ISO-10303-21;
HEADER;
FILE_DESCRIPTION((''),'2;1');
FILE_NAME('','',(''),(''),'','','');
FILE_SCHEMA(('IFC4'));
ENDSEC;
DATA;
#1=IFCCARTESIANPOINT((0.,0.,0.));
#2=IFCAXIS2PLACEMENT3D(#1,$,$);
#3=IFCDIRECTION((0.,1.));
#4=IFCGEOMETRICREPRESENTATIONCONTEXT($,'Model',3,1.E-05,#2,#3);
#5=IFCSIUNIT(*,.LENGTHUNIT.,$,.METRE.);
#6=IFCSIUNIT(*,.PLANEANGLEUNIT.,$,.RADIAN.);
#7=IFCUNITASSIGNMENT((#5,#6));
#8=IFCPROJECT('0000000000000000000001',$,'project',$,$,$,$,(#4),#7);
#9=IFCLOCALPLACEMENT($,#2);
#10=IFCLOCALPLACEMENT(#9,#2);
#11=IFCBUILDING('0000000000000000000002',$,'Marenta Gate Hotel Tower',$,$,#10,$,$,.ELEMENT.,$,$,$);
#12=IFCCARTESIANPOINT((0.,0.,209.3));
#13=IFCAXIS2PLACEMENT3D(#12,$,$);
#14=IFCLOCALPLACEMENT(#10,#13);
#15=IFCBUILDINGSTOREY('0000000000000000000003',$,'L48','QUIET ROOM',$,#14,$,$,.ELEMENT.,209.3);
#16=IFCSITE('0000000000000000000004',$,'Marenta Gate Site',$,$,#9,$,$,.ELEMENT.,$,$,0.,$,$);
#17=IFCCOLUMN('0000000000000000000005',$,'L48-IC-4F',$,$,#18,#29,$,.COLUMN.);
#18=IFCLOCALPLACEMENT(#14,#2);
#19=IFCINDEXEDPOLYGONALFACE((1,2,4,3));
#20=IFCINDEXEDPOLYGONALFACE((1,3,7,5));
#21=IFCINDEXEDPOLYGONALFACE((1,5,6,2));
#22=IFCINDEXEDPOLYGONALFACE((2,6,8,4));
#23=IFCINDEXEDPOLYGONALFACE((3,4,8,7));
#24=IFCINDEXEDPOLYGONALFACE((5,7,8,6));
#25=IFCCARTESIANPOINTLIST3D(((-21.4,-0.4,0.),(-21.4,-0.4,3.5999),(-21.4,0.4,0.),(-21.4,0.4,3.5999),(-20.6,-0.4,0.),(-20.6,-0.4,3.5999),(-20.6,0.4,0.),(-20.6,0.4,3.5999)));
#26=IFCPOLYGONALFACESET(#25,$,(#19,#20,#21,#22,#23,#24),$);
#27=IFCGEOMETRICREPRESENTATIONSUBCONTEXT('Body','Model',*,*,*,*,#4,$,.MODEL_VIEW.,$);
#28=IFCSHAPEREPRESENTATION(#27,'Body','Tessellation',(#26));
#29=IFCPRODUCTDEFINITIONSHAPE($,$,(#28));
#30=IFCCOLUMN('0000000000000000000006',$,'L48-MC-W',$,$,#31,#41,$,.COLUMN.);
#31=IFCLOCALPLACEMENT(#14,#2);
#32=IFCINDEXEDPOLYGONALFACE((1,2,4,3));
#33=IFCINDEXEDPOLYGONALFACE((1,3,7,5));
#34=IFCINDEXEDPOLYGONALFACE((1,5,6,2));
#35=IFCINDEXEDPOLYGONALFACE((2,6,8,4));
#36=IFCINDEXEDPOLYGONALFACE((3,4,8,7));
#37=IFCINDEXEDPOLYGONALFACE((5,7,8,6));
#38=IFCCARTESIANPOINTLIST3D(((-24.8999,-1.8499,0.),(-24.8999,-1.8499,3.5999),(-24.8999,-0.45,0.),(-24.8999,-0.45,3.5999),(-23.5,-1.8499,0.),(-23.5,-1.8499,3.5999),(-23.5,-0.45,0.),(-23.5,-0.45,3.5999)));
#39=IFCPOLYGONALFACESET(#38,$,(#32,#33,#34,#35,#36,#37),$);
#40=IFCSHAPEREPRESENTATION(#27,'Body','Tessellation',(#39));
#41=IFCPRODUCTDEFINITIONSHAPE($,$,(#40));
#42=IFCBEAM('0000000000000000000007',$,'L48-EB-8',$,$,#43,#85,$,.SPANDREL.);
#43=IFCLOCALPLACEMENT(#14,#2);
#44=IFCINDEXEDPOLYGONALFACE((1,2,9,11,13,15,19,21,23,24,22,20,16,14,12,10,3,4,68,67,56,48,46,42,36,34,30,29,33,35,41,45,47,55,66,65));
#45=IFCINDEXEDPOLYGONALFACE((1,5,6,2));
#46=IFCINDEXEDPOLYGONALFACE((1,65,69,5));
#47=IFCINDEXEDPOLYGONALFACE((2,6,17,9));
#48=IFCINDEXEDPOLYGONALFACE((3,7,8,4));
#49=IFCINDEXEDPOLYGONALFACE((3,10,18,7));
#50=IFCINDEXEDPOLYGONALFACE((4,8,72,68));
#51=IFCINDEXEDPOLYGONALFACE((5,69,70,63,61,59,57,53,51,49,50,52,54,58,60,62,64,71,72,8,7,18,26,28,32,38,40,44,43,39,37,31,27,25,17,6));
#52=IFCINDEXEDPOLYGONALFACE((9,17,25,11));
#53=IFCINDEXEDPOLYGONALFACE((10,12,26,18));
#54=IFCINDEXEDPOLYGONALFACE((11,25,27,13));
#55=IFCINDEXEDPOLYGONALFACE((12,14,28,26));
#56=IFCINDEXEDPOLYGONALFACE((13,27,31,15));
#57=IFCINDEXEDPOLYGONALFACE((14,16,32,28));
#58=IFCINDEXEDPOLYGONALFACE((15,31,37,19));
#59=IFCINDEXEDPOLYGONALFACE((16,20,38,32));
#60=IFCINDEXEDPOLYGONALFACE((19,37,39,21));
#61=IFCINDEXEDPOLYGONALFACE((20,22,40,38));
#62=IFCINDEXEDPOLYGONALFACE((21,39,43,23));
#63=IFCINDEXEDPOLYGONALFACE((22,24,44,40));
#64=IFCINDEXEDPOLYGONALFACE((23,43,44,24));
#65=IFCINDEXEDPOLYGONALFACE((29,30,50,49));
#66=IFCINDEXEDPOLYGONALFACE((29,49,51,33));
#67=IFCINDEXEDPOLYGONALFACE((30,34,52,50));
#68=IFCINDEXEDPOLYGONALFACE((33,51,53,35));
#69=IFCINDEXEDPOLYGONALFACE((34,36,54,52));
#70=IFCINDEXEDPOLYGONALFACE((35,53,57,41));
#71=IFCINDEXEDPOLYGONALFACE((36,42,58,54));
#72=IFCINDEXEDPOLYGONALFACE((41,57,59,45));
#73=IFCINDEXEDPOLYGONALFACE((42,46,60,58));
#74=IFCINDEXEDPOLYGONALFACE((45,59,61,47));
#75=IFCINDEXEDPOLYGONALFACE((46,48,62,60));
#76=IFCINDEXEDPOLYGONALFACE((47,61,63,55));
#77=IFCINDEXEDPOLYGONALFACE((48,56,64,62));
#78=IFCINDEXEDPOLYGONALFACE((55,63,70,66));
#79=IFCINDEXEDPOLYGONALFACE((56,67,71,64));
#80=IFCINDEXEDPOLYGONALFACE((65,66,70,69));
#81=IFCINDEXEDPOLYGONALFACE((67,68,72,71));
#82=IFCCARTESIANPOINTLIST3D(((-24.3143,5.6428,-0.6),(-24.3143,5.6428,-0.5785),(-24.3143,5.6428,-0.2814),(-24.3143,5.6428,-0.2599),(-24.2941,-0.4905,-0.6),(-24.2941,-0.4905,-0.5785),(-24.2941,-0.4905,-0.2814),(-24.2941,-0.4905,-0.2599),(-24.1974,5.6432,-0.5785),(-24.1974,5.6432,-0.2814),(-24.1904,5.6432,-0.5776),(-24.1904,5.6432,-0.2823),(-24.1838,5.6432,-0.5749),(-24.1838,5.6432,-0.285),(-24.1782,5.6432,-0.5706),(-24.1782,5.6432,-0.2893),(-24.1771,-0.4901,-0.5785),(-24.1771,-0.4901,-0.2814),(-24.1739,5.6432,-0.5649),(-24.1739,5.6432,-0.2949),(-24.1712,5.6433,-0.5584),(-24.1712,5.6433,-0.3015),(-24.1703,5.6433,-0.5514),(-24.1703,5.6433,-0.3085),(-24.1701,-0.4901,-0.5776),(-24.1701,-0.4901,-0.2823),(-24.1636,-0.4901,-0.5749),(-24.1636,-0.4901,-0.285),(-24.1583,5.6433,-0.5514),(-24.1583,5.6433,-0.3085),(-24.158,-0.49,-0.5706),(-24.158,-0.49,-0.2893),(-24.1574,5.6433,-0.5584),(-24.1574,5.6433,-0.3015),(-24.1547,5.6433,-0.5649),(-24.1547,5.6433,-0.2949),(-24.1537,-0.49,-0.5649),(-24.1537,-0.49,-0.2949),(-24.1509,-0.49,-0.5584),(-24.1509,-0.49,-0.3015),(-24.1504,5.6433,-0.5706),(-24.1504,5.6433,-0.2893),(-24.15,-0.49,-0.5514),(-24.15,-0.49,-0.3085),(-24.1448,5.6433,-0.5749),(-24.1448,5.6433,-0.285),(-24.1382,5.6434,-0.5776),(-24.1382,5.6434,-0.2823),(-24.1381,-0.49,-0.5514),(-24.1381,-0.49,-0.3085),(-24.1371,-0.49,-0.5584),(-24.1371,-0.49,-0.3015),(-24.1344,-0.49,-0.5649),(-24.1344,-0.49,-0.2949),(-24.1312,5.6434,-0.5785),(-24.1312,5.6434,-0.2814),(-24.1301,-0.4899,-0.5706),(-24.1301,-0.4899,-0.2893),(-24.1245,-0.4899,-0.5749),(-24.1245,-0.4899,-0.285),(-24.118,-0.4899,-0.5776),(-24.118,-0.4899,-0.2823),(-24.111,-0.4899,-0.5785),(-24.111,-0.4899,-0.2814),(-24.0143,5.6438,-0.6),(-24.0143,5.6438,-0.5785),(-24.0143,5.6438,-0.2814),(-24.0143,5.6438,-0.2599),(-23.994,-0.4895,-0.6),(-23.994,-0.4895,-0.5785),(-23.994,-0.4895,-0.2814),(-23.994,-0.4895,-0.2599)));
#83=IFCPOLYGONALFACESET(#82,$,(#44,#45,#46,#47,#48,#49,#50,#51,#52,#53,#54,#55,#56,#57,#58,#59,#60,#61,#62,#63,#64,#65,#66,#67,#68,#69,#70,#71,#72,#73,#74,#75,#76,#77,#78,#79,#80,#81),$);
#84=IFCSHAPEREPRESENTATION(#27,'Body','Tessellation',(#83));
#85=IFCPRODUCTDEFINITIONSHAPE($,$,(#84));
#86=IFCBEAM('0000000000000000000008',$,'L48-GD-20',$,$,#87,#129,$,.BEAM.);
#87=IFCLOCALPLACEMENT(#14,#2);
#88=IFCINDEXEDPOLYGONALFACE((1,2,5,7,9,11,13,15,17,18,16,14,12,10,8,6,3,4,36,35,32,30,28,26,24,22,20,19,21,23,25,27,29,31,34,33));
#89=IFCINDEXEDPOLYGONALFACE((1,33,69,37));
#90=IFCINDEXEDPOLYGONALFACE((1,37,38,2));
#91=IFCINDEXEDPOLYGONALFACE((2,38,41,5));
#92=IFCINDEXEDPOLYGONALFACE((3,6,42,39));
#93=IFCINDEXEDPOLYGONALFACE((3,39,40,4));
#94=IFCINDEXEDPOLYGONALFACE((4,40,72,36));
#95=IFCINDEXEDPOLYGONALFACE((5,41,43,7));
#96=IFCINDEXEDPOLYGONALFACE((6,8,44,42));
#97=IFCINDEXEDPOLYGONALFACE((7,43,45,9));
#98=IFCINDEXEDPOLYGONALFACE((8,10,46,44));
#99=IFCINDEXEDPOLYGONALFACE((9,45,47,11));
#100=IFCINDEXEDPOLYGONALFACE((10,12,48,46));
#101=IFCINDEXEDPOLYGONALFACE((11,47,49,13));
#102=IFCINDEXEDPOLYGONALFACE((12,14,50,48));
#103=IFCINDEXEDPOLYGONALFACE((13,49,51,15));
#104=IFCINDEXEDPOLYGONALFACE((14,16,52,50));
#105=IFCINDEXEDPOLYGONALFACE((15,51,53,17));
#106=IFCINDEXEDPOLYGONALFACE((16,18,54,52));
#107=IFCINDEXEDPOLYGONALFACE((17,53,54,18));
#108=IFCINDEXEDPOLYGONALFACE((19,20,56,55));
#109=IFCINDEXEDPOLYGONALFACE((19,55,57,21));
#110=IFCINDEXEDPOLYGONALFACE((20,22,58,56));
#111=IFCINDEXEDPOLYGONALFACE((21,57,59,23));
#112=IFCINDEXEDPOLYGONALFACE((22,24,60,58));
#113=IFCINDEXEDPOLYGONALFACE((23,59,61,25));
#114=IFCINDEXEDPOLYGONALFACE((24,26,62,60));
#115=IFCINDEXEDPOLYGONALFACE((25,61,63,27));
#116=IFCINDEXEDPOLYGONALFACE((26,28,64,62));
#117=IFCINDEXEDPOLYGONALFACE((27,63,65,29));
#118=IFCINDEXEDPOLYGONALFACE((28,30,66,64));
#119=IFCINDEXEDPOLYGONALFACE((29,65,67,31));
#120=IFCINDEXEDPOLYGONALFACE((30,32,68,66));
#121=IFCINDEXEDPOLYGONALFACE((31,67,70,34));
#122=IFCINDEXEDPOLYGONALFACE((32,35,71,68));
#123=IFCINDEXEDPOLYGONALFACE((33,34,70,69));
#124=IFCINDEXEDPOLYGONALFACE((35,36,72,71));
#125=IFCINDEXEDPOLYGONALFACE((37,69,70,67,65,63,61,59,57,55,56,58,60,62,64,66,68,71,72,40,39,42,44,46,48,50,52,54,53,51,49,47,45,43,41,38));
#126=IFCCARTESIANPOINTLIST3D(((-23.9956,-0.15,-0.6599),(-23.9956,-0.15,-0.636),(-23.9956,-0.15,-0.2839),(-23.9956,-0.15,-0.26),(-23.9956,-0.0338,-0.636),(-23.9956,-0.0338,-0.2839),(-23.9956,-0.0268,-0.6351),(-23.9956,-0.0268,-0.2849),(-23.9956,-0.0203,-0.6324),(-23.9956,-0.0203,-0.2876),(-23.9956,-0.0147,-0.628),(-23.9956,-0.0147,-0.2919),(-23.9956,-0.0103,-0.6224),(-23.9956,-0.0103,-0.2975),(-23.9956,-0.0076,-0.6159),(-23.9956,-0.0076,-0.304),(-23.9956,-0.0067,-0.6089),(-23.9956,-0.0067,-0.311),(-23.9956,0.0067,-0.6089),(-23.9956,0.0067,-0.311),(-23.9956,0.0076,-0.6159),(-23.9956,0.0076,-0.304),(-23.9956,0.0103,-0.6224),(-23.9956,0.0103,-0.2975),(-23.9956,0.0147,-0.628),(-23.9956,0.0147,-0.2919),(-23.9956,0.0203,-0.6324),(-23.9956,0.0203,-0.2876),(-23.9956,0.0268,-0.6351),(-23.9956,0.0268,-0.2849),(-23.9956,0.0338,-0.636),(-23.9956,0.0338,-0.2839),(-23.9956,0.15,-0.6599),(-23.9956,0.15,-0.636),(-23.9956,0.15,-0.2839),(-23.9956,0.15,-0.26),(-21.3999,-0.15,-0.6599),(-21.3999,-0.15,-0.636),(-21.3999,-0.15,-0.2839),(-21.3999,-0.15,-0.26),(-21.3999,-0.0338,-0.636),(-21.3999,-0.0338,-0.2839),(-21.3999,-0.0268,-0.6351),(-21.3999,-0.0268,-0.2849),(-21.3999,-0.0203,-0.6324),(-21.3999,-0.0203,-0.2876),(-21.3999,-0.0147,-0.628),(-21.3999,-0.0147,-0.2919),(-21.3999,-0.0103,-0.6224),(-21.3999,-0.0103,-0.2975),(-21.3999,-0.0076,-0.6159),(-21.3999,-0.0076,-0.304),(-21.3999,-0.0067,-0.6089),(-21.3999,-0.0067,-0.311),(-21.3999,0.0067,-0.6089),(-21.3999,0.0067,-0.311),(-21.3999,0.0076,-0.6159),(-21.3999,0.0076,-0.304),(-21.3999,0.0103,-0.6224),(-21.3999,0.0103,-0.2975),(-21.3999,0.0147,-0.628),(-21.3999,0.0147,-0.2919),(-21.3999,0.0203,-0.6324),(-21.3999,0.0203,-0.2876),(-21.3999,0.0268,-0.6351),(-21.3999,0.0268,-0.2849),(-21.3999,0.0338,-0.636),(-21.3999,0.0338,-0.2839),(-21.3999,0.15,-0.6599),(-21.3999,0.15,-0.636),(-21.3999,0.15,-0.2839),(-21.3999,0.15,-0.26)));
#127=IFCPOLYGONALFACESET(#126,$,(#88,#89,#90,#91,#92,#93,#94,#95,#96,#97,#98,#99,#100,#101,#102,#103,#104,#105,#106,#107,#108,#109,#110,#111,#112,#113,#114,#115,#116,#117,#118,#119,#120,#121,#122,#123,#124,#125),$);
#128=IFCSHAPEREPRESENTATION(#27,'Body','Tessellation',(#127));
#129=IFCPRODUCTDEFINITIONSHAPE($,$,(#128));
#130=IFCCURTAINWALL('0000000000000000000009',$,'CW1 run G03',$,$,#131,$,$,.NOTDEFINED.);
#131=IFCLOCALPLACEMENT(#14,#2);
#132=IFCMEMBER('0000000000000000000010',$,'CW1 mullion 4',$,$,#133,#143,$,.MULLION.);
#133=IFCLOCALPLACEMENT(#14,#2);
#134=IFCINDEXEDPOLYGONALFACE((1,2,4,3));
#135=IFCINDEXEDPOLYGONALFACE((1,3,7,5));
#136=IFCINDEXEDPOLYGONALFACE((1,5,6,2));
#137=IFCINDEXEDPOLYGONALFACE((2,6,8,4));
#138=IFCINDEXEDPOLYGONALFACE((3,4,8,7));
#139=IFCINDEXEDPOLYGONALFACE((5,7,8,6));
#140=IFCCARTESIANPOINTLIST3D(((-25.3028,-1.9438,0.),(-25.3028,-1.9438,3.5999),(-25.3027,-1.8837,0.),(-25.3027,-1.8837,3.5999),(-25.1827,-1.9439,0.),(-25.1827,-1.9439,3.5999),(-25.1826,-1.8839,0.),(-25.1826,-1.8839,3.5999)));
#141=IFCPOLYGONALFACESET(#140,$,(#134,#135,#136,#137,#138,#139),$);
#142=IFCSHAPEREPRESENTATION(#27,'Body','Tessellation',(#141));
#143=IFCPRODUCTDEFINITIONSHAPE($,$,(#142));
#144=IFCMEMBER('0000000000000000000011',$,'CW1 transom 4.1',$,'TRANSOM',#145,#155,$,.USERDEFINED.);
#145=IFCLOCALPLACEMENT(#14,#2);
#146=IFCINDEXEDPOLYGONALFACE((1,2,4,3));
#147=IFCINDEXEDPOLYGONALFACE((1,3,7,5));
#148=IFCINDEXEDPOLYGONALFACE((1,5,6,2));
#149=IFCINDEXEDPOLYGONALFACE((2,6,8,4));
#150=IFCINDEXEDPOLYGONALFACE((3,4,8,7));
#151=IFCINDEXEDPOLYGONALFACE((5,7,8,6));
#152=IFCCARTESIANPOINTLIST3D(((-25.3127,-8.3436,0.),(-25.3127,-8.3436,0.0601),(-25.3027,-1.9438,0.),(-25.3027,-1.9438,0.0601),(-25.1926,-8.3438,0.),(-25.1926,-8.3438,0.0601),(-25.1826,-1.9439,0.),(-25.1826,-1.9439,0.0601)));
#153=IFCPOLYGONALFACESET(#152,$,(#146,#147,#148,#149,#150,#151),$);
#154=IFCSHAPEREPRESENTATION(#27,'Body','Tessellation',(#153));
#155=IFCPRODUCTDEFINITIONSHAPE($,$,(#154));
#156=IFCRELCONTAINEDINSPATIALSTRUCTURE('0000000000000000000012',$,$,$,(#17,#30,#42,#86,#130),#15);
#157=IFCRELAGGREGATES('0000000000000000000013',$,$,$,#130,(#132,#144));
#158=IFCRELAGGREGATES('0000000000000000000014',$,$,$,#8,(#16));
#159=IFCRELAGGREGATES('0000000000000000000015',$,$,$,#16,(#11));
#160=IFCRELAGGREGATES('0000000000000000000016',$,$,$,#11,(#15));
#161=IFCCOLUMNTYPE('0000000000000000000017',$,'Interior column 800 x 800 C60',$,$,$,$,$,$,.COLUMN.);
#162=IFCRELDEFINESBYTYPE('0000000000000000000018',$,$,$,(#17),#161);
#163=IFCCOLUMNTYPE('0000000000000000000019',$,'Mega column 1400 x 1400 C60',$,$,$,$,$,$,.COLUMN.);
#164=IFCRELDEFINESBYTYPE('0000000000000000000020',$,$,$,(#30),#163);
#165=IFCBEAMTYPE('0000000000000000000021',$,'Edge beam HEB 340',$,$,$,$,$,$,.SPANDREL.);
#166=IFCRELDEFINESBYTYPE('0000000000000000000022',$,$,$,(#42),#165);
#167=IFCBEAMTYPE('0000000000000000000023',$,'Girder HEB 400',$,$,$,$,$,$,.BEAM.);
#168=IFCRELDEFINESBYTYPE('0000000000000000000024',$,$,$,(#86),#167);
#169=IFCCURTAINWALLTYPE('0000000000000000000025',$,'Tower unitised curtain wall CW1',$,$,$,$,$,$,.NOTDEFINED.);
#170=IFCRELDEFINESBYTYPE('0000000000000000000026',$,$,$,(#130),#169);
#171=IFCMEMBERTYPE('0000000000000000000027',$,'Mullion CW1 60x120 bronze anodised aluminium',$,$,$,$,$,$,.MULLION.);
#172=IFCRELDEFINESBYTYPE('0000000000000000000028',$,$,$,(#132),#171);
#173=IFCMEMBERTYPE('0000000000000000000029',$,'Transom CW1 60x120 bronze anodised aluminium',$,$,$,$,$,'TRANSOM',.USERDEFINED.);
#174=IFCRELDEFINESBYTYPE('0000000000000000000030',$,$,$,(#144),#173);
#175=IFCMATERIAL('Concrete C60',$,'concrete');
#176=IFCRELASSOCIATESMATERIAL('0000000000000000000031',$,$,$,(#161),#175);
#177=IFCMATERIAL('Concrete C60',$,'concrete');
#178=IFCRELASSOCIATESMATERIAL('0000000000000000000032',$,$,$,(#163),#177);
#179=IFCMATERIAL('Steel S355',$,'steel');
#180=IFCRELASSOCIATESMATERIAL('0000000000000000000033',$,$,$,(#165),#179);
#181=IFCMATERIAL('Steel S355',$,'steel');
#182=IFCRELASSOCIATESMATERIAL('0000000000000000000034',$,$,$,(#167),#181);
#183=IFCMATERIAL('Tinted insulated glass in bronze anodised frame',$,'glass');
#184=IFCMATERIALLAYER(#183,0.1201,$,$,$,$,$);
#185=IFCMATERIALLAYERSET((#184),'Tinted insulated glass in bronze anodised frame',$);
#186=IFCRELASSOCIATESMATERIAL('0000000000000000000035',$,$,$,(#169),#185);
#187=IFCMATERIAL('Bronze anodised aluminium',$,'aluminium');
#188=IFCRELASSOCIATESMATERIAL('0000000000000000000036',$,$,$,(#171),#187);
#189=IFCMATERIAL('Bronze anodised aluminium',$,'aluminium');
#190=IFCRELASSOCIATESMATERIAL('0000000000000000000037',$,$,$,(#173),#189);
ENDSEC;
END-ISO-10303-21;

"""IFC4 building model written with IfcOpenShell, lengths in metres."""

from ifc_helpers import new_model, si_unit, direction, frame, origin, origin_2d, place, context, subcontext, project, spatial, rectangle, i_section, extrude, material, layer, layer_set, material_profile, profile_set, type_object, element, aggregate, save


model = new_model("IFC4")

# Units and contexts
model_context = context("Model", 3, precision=1e-05, world=origin(), true_north=direction((0.0, 1.0)))
body_context = subcontext(model_context, "Body", "Model", "MODEL_VIEW")
ifc_project = project(units=[si_unit("LENGTHUNIT", "METRE"), si_unit("PLANEANGLEUNIT", "RADIAN")], contexts=[model_context])

# Site, building, storey
site_placement = place(None, origin())
site = spatial("IfcSite", under=ifc_project, at=site_placement, Name="Marenta Gate Site", CompositionType="ELEMENT", RefElevation=0.0)
building_placement = place(site_placement, origin())
building = spatial("IfcBuilding", under=site, at=building_placement, Name="Marenta Gate Hotel Tower", CompositionType="ELEMENT")
storey_placement = place(building_placement, frame((0.0, 0.0, 209.3)))
storey = spatial("IfcBuildingStorey", under=building, at=storey_placement, Name="L48", Description="QUIET ROOM", CompositionType="ELEMENT", Elevation=209.3)

# Columns
ifc_material_1 = material(Name="Concrete C60", Category="concrete")
ifc_material_profile_1 = material_profile(ifc_material_1, rectangle(XDim=0.8, YDim=0.8, at=origin_2d()), Name="800 x 800")
ifc_profile_set_1 = profile_set([ifc_material_profile_1], Name="Concrete C60")
column_type_1 = type_object("IfcColumnType", Name="Interior column 800 x 800 C60", PredefinedType="COLUMN", material=ifc_profile_set_1)
column_1_placement = place(storey_placement, frame((-21.0, 0.0, 0.0), z_axis=(0.0, 0.0, 1.0), x_axis=(1.0, 0.0, 0.0)))
element("IfcColumn", 1, at=column_1_placement, inside=storey, type_object=column_type_1, Name="L48-IC-4F", PredefinedType="COLUMN", context=body_context, shape_type="SweptSolid", body=[
    extrude(rectangle(XDim=0.8, YDim=0.8, at=origin_2d()), origin(), (0.0, 0.0, 1.0), 3.5999),
])
ifc_material_2 = material(Name="Concrete C60", Category="concrete")
ifc_material_profile_2 = material_profile(ifc_material_2, rectangle(XDim=1.3999, YDim=1.3999, at=origin_2d()), Name="1400 x 1400")
ifc_profile_set_2 = profile_set([ifc_material_profile_2], Name="Concrete C60")
column_type_2 = type_object("IfcColumnType", Name="Mega column 1400 x 1400 C60", PredefinedType="COLUMN", material=ifc_profile_set_2)
column_2_placement = place(storey_placement, frame((-24.2, -1.1499, 0.0), z_axis=(0.0, 0.0, 1.0), x_axis=(1.0, 0.0, 0.0)))
element("IfcColumn", 2, at=column_2_placement, inside=storey, type_object=column_type_2, Name="L48-MC-W", PredefinedType="COLUMN", context=body_context, shape_type="SweptSolid", body=[
    extrude(rectangle(XDim=1.3999, YDim=1.3999, at=origin_2d()), origin(), (0.0, 0.0, 1.0), 3.5999),
])

# Beams
ifc_material_3 = material(Name="Steel S355", Category="steel")
ifc_material_profile_3 = material_profile(ifc_material_3, i_section(OverallWidth=0.3, OverallDepth=0.3401, WebThickness=0.012, FlangeThickness=0.0215, FilletRadius=0.0271, at=origin_2d()), Name="HEB 340")
ifc_profile_set_3 = profile_set([ifc_material_profile_3], Name="Steel S355")
beam_type_1 = type_object("IfcBeamType", Name="Edge beam HEB 340", PredefinedType="SPANDREL", material=ifc_profile_set_3)
beam_1_placement = place(storey_placement, frame((-24.144, -0.49, -0.4299), z_axis=(-0.003304, 0.999995, 0.0), x_axis=(-0.999995, -0.003304, 0.0)))
element("IfcBeam", 3, at=beam_1_placement, inside=storey, type_object=beam_type_1, Name="L48-EB-8", PredefinedType="SPANDREL", context=body_context, shape_type="SweptSolid", body=[
    extrude(i_section(OverallWidth=0.3, OverallDepth=0.3401, WebThickness=0.012, FlangeThickness=0.0215, FilletRadius=0.0271, at=origin_2d()), origin(), (0.0, 0.0, 1.0), 6.1333),
])
ifc_material_4 = material(Name="Steel S355", Category="steel")
ifc_material_profile_4 = material_profile(ifc_material_4, i_section(OverallWidth=0.3, OverallDepth=0.3999, WebThickness=0.0134, FlangeThickness=0.0239, FilletRadius=0.0271, at=origin_2d()), Name="HEB 400")
ifc_profile_set_4 = profile_set([ifc_material_profile_4], Name="Steel S355")
beam_type_2 = type_object("IfcBeamType", Name="Girder HEB 400", PredefinedType="BEAM", material=ifc_profile_set_4)
beam_2_placement = place(storey_placement, frame((-23.9956, 0.0, -0.46), z_axis=(1.0, 0.0, 0.0), x_axis=(0.0, 1.0, 0.0)))
element("IfcBeam", 4, at=beam_2_placement, inside=storey, type_object=beam_type_2, Name="L48-GD-20", PredefinedType="BEAM", context=body_context, shape_type="SweptSolid", body=[
    extrude(i_section(OverallWidth=0.3, OverallDepth=0.3999, WebThickness=0.0134, FlangeThickness=0.0239, FilletRadius=0.0271, at=origin_2d()), origin(), (0.0, 0.0, 1.0), 2.5957),
])

# Curtain wall, members
ifc_material_5 = material(Name="Tinted insulated glass in bronze anodised frame", Category="glass")
ifc_layer_1 = layer(ifc_material_5, 0.1201)
ifc_layer_set_1 = layer_set([ifc_layer_1], Name="Tinted insulated glass in bronze anodised frame")
curtain_wall_type = type_object("IfcCurtainWallType", Name="Tower unitised curtain wall CW1", PredefinedType="NOTDEFINED", material=ifc_layer_set_1)
curtain_wall_placement = place(storey_placement, origin())
curtain_wall = element("IfcCurtainWall", 5, at=curtain_wall_placement, inside=storey, type_object=curtain_wall_type, Name="CW1 run G03", PredefinedType="NOTDEFINED")
ifc_material_6 = material(Name="Bronze anodised aluminium", Category="aluminium")
ifc_material_profile_5 = material_profile(ifc_material_6, rectangle(XDim=0.1201, YDim=0.0601, at=origin_2d()), Name="Mullion CW1 60x120 bronze anodised aluminium")
ifc_profile_set_5 = profile_set([ifc_material_profile_5], Name="Bronze anodised aluminium")
member_type_1 = type_object("IfcMemberType", Name="Mullion CW1 60x120 bronze anodised aluminium", PredefinedType="MULLION", material=ifc_profile_set_5)
member_1_placement = place(storey_placement, frame((-25.2427, -1.9138, 0.0), z_axis=(0.0, 0.0, 1.0), x_axis=(0.999999, -0.001566, 0.0)))
member_1 = element("IfcMember", 6, at=member_1_placement, type_object=member_type_1, Name="CW1 mullion 4", PredefinedType="MULLION", context=body_context, shape_type="SweptSolid", body=[
    extrude(rectangle(XDim=0.1201, YDim=0.0601, at=origin_2d()), origin(), (0.0, 0.0, 1.0), 3.5999),
])
ifc_material_7 = material(Name="Bronze anodised aluminium", Category="aluminium")
ifc_material_profile_6 = material_profile(ifc_material_7, rectangle(XDim=0.1201, YDim=0.0601, at=origin_2d()), Name="Transom CW1 60x120 bronze anodised aluminium")
ifc_profile_set_6 = profile_set([ifc_material_profile_6], Name="Bronze anodised aluminium")
member_type_2 = type_object("IfcMemberType", Name="Transom CW1 60x120 bronze anodised aluminium", ElementType="TRANSOM", PredefinedType="USERDEFINED", material=ifc_profile_set_6)
member_2_placement = place(storey_placement, frame((-25.2427, -1.9438, 0.03), z_axis=(-0.001564, -0.999999, 0.0), x_axis=(0.999999, -0.001564, 0.0)))
member_2 = element("IfcMember", 7, at=member_2_placement, type_object=member_type_2, Name="CW1 transom 4.1", ObjectType="TRANSOM", PredefinedType="USERDEFINED", context=body_context, shape_type="SweptSolid", body=[
    extrude(rectangle(XDim=0.1201, YDim=0.0601, at=origin_2d()), origin(), (0.0, 0.0, 1.0), 6.3999),
])
aggregate(curtain_wall, [member_1, member_2])

save(model, "model.ifc")
